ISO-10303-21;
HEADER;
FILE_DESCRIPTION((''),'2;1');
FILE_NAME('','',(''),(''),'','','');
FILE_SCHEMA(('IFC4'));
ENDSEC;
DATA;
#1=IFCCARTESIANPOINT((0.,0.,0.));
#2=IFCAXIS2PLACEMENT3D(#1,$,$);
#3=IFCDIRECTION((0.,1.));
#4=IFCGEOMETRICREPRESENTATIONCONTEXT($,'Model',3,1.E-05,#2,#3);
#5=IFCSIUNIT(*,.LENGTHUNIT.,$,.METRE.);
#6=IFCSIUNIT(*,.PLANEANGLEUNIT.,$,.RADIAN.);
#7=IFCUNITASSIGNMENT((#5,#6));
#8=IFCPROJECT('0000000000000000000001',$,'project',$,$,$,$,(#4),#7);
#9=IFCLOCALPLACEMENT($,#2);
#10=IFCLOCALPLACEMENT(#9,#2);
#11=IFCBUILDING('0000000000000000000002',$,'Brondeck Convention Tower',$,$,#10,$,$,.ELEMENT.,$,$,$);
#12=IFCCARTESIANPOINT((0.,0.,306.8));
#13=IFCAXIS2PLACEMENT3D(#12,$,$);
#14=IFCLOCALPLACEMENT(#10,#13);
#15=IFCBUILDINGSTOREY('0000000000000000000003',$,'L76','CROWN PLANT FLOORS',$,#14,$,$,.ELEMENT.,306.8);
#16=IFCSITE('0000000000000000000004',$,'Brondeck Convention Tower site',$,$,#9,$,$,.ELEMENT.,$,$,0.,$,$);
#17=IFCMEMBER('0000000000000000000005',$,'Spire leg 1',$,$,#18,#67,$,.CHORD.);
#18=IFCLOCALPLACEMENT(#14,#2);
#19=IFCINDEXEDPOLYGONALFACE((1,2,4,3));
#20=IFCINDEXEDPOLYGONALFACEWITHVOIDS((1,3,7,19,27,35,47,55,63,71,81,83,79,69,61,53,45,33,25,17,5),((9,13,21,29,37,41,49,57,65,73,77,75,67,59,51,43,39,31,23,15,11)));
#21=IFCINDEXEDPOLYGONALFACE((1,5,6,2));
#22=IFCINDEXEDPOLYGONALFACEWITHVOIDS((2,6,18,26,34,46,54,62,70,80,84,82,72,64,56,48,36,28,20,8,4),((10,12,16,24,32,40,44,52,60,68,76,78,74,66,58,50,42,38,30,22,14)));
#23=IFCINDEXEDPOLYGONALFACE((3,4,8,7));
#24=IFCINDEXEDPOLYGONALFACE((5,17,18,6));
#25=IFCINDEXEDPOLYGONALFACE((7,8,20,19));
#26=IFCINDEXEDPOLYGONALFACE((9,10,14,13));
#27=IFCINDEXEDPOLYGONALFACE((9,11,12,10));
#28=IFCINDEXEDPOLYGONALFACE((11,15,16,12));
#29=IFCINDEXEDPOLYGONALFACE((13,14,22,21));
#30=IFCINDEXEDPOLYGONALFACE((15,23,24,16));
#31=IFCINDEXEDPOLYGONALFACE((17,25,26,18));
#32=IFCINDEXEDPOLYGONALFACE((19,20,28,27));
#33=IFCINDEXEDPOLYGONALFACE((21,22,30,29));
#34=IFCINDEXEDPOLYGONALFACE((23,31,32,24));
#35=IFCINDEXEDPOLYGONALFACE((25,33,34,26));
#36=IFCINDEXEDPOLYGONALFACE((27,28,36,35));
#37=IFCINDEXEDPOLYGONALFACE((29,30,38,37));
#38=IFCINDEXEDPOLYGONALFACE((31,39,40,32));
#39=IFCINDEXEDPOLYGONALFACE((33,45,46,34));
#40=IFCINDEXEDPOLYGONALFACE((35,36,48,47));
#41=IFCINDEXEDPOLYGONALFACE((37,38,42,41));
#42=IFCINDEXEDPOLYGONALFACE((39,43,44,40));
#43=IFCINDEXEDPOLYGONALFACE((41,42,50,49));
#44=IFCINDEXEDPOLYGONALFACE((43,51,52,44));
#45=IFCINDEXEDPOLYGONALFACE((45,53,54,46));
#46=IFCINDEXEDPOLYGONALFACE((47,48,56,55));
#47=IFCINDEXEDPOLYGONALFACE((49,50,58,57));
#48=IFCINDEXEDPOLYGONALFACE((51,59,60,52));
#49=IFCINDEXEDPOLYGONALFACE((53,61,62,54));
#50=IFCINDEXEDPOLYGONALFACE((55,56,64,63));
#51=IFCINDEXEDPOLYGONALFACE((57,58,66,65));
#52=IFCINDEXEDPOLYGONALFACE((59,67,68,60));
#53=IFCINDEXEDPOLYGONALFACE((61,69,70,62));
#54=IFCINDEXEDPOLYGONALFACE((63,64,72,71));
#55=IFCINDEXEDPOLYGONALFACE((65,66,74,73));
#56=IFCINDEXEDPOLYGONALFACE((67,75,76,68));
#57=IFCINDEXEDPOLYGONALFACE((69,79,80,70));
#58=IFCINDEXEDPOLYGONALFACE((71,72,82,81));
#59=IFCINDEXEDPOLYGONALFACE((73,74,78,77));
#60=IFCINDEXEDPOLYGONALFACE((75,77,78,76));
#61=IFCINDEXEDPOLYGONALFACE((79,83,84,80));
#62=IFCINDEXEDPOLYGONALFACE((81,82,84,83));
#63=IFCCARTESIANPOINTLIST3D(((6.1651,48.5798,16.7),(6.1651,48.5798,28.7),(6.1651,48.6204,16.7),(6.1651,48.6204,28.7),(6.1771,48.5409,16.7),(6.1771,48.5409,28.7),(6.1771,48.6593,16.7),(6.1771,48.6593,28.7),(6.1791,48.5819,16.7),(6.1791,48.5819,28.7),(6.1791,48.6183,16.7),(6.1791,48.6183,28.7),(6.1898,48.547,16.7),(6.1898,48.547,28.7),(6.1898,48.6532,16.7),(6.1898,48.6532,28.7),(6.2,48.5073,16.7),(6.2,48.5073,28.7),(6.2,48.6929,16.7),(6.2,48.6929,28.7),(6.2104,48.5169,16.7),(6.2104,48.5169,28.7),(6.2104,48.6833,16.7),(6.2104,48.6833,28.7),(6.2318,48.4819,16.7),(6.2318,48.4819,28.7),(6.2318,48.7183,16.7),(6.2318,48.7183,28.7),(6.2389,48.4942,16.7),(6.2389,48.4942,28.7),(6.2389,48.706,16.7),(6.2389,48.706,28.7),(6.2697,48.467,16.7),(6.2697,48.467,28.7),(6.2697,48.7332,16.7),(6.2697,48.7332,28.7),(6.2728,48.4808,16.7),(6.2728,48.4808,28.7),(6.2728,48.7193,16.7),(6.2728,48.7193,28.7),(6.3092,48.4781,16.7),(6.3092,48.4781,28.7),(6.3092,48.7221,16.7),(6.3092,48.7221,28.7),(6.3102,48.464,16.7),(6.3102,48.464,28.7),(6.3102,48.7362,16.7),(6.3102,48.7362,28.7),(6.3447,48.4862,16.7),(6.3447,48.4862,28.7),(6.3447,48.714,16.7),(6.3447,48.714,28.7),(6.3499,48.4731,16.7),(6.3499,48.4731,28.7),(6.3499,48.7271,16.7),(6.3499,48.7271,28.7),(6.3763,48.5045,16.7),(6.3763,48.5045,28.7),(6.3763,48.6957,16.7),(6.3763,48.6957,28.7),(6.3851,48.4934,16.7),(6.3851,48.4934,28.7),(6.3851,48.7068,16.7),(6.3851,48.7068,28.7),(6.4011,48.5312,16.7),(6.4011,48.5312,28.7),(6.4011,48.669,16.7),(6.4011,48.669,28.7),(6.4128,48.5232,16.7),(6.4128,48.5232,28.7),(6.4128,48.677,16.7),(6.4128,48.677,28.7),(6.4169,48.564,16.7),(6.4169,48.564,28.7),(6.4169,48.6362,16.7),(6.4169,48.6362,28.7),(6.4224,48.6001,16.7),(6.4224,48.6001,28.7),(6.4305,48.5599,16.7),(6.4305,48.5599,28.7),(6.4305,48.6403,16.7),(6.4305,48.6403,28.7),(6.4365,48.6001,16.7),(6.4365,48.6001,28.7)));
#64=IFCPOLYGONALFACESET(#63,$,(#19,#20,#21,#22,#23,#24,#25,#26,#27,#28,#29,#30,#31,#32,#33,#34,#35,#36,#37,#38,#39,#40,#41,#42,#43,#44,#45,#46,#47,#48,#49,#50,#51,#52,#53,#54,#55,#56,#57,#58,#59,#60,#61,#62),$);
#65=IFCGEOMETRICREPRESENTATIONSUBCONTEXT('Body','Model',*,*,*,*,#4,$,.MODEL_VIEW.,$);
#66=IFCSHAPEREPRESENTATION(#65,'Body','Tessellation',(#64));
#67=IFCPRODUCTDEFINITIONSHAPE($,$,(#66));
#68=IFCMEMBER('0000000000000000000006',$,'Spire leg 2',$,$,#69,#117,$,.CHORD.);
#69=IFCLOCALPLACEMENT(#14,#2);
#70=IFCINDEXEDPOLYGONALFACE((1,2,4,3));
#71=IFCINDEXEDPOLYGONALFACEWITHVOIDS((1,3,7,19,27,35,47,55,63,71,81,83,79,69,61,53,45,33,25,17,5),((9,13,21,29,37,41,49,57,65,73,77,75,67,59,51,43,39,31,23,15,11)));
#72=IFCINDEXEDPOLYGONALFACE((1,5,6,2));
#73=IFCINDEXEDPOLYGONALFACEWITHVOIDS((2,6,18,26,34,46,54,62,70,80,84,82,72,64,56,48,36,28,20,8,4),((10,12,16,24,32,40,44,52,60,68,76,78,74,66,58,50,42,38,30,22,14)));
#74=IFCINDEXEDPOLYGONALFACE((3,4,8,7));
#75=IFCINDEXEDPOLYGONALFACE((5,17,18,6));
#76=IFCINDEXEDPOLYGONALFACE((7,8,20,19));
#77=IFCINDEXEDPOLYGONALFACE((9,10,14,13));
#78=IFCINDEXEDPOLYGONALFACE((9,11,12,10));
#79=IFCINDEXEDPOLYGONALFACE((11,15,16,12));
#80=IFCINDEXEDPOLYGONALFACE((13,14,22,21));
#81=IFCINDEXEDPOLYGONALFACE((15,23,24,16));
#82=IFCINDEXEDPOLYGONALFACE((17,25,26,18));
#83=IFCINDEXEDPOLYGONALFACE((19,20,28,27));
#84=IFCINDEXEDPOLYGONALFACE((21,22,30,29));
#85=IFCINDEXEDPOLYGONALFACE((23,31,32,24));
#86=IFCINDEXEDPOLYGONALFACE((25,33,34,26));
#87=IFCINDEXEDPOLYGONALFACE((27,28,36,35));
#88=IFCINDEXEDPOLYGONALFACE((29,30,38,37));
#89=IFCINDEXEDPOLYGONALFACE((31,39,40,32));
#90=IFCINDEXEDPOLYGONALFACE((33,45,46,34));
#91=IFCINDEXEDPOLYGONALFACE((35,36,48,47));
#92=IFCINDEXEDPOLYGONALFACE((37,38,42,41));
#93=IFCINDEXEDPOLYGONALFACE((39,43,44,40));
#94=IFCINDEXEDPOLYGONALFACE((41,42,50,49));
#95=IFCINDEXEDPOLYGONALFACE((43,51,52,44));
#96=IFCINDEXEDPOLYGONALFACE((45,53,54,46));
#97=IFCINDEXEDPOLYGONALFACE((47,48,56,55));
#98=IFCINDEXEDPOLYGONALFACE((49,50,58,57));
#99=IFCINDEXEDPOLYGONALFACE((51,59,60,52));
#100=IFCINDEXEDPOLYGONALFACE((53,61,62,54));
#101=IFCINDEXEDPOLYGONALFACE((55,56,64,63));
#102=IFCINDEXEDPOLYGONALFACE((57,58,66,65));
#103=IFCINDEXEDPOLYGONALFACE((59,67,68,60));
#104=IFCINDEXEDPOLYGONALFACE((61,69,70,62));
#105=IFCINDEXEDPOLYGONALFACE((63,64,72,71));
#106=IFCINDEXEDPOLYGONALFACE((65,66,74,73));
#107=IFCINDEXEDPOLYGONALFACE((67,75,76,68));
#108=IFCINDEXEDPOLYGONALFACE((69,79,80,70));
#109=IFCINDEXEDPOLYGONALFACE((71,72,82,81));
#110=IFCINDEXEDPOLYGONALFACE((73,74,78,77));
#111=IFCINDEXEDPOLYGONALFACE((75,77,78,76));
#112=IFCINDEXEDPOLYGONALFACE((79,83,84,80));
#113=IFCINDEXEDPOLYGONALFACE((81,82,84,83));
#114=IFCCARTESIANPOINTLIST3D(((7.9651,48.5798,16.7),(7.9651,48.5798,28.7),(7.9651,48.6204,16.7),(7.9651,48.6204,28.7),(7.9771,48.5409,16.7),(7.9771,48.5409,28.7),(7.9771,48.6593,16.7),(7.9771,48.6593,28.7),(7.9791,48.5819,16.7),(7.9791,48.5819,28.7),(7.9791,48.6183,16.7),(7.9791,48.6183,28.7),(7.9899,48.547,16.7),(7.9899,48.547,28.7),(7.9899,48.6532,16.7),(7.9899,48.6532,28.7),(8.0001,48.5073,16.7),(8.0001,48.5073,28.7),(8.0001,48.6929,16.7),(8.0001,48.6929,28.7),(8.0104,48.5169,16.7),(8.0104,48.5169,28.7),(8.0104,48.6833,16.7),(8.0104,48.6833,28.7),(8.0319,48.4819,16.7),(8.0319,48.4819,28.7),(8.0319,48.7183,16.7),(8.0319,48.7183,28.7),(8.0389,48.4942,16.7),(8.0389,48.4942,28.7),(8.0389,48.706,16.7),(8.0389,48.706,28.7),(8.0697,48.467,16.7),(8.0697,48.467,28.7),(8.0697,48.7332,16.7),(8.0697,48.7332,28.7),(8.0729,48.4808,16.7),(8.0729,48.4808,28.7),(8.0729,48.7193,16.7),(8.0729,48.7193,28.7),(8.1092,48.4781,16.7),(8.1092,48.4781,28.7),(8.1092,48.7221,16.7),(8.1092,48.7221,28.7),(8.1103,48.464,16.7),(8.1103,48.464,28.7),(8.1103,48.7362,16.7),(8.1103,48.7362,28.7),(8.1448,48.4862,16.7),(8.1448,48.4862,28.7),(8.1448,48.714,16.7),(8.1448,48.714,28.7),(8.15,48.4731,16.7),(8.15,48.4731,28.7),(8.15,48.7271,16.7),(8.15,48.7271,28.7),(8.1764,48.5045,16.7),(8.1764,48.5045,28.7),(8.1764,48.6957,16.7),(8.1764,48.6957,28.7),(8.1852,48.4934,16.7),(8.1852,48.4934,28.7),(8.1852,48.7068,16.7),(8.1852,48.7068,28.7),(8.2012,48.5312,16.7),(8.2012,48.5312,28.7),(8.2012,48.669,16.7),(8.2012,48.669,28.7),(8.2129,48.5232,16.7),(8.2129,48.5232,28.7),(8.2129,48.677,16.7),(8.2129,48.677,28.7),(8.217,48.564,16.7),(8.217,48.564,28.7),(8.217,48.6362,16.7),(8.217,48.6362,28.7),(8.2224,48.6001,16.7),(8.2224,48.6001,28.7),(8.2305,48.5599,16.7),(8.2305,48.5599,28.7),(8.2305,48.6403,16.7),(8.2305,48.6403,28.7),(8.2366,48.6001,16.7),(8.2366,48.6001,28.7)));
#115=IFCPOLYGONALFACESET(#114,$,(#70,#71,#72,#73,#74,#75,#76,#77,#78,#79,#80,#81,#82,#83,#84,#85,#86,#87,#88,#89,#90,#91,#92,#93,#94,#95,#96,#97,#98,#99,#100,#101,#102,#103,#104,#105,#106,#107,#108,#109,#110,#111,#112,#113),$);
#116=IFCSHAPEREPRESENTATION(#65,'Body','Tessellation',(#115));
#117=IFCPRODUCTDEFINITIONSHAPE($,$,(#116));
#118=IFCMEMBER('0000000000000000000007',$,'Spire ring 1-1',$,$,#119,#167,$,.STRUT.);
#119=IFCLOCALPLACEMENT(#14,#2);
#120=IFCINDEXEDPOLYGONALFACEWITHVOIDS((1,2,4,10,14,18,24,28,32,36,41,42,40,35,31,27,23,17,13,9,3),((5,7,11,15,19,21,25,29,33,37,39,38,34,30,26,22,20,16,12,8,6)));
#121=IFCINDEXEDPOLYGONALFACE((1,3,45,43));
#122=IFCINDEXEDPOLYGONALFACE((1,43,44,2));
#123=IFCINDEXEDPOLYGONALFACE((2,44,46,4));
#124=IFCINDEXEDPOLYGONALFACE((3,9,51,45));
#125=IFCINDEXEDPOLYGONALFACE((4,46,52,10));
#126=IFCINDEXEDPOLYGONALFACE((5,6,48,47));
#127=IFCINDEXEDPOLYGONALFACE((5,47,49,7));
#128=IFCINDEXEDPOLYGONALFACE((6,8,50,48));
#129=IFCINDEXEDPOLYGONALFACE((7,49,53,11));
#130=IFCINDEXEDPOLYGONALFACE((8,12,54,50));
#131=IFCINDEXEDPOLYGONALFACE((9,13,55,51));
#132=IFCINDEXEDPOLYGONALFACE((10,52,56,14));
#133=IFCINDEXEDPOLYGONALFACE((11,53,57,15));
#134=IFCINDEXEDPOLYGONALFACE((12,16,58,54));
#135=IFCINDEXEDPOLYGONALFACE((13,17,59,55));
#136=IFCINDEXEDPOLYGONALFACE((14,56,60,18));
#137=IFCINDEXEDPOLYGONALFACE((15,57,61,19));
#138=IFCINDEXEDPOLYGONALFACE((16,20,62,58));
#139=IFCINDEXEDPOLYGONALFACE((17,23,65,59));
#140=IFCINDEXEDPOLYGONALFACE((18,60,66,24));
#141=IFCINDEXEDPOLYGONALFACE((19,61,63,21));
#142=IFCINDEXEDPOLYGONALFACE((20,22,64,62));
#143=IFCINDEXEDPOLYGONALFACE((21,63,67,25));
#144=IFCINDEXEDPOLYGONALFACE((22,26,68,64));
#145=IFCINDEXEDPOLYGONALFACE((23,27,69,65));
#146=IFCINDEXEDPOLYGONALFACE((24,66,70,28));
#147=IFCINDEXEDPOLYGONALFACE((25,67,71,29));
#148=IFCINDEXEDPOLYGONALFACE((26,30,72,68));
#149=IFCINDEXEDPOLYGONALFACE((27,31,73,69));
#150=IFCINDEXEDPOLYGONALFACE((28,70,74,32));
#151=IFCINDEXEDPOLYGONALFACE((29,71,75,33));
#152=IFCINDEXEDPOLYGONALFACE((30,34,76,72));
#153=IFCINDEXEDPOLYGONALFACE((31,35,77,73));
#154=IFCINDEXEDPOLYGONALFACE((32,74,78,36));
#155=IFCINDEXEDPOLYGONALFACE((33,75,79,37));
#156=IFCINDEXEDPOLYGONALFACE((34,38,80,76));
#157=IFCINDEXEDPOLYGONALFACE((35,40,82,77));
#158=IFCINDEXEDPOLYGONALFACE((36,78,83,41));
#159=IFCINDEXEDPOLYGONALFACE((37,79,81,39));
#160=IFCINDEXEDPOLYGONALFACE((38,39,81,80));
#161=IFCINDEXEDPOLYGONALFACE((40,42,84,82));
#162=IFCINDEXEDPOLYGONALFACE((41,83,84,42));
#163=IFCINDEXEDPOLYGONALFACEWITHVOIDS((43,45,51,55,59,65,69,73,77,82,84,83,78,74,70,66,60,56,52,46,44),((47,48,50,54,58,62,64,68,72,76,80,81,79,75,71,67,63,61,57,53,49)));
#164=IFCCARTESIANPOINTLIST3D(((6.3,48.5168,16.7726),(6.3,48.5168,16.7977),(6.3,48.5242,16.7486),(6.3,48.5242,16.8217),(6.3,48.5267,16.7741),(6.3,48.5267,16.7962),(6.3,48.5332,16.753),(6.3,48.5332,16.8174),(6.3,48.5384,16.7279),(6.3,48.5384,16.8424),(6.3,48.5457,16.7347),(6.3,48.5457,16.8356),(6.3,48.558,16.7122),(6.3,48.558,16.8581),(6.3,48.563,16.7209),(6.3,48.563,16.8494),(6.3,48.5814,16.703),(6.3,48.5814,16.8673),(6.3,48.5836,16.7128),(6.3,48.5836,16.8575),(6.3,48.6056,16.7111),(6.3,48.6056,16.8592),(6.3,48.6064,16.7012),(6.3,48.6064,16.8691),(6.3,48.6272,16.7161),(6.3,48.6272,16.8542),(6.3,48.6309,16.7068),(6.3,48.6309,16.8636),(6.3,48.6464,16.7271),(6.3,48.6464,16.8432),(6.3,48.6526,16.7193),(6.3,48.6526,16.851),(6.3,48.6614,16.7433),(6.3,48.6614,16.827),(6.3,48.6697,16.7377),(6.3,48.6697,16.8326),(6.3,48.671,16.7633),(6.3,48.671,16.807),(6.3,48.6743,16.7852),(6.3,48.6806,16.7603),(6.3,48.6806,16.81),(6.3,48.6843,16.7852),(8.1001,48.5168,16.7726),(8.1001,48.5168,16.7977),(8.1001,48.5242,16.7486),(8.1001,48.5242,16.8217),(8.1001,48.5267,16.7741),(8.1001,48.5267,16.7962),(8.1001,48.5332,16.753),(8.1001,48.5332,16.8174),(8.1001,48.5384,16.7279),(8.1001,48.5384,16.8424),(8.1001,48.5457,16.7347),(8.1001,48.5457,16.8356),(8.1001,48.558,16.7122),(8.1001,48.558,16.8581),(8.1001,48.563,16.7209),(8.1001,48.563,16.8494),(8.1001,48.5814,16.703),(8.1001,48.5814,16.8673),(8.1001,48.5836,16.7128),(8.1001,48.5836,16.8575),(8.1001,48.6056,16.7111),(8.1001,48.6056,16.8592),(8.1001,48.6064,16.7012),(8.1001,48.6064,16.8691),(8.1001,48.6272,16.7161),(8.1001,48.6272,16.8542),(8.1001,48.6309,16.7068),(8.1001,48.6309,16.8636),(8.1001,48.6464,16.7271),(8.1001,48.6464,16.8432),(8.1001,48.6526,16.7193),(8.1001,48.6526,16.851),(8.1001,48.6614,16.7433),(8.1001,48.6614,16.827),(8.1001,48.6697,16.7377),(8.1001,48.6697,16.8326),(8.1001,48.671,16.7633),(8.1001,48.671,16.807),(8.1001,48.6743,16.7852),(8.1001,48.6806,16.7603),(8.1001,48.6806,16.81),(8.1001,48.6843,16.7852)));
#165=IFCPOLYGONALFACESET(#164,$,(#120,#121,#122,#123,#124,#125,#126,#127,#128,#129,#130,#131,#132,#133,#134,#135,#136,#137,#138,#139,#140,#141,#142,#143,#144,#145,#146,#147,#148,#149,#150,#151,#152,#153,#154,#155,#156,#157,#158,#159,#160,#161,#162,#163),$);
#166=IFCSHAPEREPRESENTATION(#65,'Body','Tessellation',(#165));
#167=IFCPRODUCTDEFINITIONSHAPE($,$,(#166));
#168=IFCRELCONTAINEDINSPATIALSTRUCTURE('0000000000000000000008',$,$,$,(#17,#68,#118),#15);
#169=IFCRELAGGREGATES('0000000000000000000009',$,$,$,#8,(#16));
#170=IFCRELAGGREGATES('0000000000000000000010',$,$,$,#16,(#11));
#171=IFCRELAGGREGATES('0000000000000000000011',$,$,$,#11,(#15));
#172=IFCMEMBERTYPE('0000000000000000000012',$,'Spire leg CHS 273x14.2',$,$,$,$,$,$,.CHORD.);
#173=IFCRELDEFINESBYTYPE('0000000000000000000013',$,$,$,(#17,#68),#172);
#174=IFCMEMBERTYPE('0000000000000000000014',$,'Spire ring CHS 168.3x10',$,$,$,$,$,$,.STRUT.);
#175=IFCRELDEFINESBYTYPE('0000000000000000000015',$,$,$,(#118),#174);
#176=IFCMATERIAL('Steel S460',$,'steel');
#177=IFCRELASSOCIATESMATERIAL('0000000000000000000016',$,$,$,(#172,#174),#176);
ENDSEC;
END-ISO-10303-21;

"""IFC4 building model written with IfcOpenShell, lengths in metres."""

from ifc_helpers import new_model, si_unit, direction, frame, origin, origin_2d, place, context, subcontext, project, spatial, hollow_circle, extrude, material, material_profile, profile_set, type_object, element, save


model = new_model("IFC4")

# Units and contexts
model_context = context("Model", 3, precision=1e-05, world=origin(), true_north=direction((0.0, 1.0)))
body_context = subcontext(model_context, "Body", "Model", "MODEL_VIEW")
ifc_project = project(units=[si_unit("LENGTHUNIT", "METRE"), si_unit("PLANEANGLEUNIT", "RADIAN")], contexts=[model_context])

# Site, building, storey
site_placement = place(None, origin())
site = spatial("IfcSite", under=ifc_project, at=site_placement, Name="Brondeck Convention Tower site", CompositionType="ELEMENT", RefElevation=0.0)
building_placement = place(site_placement, origin())
building = spatial("IfcBuilding", under=site, at=building_placement, Name="Brondeck Convention Tower", CompositionType="ELEMENT")
storey_placement = place(building_placement, frame((0.0, 0.0, 306.8)))
storey = spatial("IfcBuildingStorey", under=building, at=storey_placement, Name="L76", Description="CROWN PLANT FLOORS", CompositionType="ELEMENT", Elevation=306.8)

# Members
ifc_material_1 = material(Name="Steel S460", Category="steel")
ifc_material_profile_1 = material_profile(ifc_material_1, hollow_circle(Radius=0.1365, WallThickness=0.0142, at=origin_2d()), Name="CHS 273x14.2")
ifc_profile_set_1 = profile_set([ifc_material_profile_1], Name="Steel S460")
member_type_1 = type_object("IfcMemberType", Name="Spire leg CHS 273x14.2", PredefinedType="CHORD", material=ifc_profile_set_1)
for number, where, z_axis, x_axis, name in (
    (1, (6.3, 48.6001, 16.7), (0.0, 0.0, 1.0), (1.0, 0.0, 0.0), "Spire leg 1"),
    (2, (8.1001, 48.6001, 16.7), (0.0, 0.0, 1.0), (1.0, 0.0, 0.0), "Spire leg 2"),
):
    element("IfcMember", number, at=place(storey_placement, frame(where, z_axis=z_axis, x_axis=x_axis)), inside=storey, type_object=member_type_1, Name=name, PredefinedType="CHORD", context=body_context, shape_type="SweptSolid", body=[
        extrude(hollow_circle(Radius=0.1365, WallThickness=0.0142, at=origin_2d()), origin(), (0.0, 0.0, 1.0), 12.0),
    ])
ifc_material_profile_2 = material_profile(ifc_material_1, hollow_circle(Radius=0.0842, WallThickness=0.01, at=origin_2d()), Name="CHS 168.3x10")
ifc_profile_set_2 = profile_set([ifc_material_profile_2], Name="Steel S460")
member_type_2 = type_object("IfcMemberType", Name="Spire ring CHS 168.3x10", PredefinedType="STRUT", material=ifc_profile_set_2)
member_1_placement = place(storey_placement, frame((6.3, 48.6001, 16.7852), z_axis=(1.0, 0.0, 0.0), x_axis=(0.0, 1.0, 0.0)))
element("IfcMember", 3, at=member_1_placement, inside=storey, type_object=member_type_2, Name="Spire ring 1-1", PredefinedType="STRUT", context=body_context, shape_type="SweptSolid", body=[
    extrude(hollow_circle(Radius=0.0842, WallThickness=0.01, at=origin_2d()), origin(), (0.0, 0.0, 1.0), 1.8),
])

save(model, "model.ifc")
